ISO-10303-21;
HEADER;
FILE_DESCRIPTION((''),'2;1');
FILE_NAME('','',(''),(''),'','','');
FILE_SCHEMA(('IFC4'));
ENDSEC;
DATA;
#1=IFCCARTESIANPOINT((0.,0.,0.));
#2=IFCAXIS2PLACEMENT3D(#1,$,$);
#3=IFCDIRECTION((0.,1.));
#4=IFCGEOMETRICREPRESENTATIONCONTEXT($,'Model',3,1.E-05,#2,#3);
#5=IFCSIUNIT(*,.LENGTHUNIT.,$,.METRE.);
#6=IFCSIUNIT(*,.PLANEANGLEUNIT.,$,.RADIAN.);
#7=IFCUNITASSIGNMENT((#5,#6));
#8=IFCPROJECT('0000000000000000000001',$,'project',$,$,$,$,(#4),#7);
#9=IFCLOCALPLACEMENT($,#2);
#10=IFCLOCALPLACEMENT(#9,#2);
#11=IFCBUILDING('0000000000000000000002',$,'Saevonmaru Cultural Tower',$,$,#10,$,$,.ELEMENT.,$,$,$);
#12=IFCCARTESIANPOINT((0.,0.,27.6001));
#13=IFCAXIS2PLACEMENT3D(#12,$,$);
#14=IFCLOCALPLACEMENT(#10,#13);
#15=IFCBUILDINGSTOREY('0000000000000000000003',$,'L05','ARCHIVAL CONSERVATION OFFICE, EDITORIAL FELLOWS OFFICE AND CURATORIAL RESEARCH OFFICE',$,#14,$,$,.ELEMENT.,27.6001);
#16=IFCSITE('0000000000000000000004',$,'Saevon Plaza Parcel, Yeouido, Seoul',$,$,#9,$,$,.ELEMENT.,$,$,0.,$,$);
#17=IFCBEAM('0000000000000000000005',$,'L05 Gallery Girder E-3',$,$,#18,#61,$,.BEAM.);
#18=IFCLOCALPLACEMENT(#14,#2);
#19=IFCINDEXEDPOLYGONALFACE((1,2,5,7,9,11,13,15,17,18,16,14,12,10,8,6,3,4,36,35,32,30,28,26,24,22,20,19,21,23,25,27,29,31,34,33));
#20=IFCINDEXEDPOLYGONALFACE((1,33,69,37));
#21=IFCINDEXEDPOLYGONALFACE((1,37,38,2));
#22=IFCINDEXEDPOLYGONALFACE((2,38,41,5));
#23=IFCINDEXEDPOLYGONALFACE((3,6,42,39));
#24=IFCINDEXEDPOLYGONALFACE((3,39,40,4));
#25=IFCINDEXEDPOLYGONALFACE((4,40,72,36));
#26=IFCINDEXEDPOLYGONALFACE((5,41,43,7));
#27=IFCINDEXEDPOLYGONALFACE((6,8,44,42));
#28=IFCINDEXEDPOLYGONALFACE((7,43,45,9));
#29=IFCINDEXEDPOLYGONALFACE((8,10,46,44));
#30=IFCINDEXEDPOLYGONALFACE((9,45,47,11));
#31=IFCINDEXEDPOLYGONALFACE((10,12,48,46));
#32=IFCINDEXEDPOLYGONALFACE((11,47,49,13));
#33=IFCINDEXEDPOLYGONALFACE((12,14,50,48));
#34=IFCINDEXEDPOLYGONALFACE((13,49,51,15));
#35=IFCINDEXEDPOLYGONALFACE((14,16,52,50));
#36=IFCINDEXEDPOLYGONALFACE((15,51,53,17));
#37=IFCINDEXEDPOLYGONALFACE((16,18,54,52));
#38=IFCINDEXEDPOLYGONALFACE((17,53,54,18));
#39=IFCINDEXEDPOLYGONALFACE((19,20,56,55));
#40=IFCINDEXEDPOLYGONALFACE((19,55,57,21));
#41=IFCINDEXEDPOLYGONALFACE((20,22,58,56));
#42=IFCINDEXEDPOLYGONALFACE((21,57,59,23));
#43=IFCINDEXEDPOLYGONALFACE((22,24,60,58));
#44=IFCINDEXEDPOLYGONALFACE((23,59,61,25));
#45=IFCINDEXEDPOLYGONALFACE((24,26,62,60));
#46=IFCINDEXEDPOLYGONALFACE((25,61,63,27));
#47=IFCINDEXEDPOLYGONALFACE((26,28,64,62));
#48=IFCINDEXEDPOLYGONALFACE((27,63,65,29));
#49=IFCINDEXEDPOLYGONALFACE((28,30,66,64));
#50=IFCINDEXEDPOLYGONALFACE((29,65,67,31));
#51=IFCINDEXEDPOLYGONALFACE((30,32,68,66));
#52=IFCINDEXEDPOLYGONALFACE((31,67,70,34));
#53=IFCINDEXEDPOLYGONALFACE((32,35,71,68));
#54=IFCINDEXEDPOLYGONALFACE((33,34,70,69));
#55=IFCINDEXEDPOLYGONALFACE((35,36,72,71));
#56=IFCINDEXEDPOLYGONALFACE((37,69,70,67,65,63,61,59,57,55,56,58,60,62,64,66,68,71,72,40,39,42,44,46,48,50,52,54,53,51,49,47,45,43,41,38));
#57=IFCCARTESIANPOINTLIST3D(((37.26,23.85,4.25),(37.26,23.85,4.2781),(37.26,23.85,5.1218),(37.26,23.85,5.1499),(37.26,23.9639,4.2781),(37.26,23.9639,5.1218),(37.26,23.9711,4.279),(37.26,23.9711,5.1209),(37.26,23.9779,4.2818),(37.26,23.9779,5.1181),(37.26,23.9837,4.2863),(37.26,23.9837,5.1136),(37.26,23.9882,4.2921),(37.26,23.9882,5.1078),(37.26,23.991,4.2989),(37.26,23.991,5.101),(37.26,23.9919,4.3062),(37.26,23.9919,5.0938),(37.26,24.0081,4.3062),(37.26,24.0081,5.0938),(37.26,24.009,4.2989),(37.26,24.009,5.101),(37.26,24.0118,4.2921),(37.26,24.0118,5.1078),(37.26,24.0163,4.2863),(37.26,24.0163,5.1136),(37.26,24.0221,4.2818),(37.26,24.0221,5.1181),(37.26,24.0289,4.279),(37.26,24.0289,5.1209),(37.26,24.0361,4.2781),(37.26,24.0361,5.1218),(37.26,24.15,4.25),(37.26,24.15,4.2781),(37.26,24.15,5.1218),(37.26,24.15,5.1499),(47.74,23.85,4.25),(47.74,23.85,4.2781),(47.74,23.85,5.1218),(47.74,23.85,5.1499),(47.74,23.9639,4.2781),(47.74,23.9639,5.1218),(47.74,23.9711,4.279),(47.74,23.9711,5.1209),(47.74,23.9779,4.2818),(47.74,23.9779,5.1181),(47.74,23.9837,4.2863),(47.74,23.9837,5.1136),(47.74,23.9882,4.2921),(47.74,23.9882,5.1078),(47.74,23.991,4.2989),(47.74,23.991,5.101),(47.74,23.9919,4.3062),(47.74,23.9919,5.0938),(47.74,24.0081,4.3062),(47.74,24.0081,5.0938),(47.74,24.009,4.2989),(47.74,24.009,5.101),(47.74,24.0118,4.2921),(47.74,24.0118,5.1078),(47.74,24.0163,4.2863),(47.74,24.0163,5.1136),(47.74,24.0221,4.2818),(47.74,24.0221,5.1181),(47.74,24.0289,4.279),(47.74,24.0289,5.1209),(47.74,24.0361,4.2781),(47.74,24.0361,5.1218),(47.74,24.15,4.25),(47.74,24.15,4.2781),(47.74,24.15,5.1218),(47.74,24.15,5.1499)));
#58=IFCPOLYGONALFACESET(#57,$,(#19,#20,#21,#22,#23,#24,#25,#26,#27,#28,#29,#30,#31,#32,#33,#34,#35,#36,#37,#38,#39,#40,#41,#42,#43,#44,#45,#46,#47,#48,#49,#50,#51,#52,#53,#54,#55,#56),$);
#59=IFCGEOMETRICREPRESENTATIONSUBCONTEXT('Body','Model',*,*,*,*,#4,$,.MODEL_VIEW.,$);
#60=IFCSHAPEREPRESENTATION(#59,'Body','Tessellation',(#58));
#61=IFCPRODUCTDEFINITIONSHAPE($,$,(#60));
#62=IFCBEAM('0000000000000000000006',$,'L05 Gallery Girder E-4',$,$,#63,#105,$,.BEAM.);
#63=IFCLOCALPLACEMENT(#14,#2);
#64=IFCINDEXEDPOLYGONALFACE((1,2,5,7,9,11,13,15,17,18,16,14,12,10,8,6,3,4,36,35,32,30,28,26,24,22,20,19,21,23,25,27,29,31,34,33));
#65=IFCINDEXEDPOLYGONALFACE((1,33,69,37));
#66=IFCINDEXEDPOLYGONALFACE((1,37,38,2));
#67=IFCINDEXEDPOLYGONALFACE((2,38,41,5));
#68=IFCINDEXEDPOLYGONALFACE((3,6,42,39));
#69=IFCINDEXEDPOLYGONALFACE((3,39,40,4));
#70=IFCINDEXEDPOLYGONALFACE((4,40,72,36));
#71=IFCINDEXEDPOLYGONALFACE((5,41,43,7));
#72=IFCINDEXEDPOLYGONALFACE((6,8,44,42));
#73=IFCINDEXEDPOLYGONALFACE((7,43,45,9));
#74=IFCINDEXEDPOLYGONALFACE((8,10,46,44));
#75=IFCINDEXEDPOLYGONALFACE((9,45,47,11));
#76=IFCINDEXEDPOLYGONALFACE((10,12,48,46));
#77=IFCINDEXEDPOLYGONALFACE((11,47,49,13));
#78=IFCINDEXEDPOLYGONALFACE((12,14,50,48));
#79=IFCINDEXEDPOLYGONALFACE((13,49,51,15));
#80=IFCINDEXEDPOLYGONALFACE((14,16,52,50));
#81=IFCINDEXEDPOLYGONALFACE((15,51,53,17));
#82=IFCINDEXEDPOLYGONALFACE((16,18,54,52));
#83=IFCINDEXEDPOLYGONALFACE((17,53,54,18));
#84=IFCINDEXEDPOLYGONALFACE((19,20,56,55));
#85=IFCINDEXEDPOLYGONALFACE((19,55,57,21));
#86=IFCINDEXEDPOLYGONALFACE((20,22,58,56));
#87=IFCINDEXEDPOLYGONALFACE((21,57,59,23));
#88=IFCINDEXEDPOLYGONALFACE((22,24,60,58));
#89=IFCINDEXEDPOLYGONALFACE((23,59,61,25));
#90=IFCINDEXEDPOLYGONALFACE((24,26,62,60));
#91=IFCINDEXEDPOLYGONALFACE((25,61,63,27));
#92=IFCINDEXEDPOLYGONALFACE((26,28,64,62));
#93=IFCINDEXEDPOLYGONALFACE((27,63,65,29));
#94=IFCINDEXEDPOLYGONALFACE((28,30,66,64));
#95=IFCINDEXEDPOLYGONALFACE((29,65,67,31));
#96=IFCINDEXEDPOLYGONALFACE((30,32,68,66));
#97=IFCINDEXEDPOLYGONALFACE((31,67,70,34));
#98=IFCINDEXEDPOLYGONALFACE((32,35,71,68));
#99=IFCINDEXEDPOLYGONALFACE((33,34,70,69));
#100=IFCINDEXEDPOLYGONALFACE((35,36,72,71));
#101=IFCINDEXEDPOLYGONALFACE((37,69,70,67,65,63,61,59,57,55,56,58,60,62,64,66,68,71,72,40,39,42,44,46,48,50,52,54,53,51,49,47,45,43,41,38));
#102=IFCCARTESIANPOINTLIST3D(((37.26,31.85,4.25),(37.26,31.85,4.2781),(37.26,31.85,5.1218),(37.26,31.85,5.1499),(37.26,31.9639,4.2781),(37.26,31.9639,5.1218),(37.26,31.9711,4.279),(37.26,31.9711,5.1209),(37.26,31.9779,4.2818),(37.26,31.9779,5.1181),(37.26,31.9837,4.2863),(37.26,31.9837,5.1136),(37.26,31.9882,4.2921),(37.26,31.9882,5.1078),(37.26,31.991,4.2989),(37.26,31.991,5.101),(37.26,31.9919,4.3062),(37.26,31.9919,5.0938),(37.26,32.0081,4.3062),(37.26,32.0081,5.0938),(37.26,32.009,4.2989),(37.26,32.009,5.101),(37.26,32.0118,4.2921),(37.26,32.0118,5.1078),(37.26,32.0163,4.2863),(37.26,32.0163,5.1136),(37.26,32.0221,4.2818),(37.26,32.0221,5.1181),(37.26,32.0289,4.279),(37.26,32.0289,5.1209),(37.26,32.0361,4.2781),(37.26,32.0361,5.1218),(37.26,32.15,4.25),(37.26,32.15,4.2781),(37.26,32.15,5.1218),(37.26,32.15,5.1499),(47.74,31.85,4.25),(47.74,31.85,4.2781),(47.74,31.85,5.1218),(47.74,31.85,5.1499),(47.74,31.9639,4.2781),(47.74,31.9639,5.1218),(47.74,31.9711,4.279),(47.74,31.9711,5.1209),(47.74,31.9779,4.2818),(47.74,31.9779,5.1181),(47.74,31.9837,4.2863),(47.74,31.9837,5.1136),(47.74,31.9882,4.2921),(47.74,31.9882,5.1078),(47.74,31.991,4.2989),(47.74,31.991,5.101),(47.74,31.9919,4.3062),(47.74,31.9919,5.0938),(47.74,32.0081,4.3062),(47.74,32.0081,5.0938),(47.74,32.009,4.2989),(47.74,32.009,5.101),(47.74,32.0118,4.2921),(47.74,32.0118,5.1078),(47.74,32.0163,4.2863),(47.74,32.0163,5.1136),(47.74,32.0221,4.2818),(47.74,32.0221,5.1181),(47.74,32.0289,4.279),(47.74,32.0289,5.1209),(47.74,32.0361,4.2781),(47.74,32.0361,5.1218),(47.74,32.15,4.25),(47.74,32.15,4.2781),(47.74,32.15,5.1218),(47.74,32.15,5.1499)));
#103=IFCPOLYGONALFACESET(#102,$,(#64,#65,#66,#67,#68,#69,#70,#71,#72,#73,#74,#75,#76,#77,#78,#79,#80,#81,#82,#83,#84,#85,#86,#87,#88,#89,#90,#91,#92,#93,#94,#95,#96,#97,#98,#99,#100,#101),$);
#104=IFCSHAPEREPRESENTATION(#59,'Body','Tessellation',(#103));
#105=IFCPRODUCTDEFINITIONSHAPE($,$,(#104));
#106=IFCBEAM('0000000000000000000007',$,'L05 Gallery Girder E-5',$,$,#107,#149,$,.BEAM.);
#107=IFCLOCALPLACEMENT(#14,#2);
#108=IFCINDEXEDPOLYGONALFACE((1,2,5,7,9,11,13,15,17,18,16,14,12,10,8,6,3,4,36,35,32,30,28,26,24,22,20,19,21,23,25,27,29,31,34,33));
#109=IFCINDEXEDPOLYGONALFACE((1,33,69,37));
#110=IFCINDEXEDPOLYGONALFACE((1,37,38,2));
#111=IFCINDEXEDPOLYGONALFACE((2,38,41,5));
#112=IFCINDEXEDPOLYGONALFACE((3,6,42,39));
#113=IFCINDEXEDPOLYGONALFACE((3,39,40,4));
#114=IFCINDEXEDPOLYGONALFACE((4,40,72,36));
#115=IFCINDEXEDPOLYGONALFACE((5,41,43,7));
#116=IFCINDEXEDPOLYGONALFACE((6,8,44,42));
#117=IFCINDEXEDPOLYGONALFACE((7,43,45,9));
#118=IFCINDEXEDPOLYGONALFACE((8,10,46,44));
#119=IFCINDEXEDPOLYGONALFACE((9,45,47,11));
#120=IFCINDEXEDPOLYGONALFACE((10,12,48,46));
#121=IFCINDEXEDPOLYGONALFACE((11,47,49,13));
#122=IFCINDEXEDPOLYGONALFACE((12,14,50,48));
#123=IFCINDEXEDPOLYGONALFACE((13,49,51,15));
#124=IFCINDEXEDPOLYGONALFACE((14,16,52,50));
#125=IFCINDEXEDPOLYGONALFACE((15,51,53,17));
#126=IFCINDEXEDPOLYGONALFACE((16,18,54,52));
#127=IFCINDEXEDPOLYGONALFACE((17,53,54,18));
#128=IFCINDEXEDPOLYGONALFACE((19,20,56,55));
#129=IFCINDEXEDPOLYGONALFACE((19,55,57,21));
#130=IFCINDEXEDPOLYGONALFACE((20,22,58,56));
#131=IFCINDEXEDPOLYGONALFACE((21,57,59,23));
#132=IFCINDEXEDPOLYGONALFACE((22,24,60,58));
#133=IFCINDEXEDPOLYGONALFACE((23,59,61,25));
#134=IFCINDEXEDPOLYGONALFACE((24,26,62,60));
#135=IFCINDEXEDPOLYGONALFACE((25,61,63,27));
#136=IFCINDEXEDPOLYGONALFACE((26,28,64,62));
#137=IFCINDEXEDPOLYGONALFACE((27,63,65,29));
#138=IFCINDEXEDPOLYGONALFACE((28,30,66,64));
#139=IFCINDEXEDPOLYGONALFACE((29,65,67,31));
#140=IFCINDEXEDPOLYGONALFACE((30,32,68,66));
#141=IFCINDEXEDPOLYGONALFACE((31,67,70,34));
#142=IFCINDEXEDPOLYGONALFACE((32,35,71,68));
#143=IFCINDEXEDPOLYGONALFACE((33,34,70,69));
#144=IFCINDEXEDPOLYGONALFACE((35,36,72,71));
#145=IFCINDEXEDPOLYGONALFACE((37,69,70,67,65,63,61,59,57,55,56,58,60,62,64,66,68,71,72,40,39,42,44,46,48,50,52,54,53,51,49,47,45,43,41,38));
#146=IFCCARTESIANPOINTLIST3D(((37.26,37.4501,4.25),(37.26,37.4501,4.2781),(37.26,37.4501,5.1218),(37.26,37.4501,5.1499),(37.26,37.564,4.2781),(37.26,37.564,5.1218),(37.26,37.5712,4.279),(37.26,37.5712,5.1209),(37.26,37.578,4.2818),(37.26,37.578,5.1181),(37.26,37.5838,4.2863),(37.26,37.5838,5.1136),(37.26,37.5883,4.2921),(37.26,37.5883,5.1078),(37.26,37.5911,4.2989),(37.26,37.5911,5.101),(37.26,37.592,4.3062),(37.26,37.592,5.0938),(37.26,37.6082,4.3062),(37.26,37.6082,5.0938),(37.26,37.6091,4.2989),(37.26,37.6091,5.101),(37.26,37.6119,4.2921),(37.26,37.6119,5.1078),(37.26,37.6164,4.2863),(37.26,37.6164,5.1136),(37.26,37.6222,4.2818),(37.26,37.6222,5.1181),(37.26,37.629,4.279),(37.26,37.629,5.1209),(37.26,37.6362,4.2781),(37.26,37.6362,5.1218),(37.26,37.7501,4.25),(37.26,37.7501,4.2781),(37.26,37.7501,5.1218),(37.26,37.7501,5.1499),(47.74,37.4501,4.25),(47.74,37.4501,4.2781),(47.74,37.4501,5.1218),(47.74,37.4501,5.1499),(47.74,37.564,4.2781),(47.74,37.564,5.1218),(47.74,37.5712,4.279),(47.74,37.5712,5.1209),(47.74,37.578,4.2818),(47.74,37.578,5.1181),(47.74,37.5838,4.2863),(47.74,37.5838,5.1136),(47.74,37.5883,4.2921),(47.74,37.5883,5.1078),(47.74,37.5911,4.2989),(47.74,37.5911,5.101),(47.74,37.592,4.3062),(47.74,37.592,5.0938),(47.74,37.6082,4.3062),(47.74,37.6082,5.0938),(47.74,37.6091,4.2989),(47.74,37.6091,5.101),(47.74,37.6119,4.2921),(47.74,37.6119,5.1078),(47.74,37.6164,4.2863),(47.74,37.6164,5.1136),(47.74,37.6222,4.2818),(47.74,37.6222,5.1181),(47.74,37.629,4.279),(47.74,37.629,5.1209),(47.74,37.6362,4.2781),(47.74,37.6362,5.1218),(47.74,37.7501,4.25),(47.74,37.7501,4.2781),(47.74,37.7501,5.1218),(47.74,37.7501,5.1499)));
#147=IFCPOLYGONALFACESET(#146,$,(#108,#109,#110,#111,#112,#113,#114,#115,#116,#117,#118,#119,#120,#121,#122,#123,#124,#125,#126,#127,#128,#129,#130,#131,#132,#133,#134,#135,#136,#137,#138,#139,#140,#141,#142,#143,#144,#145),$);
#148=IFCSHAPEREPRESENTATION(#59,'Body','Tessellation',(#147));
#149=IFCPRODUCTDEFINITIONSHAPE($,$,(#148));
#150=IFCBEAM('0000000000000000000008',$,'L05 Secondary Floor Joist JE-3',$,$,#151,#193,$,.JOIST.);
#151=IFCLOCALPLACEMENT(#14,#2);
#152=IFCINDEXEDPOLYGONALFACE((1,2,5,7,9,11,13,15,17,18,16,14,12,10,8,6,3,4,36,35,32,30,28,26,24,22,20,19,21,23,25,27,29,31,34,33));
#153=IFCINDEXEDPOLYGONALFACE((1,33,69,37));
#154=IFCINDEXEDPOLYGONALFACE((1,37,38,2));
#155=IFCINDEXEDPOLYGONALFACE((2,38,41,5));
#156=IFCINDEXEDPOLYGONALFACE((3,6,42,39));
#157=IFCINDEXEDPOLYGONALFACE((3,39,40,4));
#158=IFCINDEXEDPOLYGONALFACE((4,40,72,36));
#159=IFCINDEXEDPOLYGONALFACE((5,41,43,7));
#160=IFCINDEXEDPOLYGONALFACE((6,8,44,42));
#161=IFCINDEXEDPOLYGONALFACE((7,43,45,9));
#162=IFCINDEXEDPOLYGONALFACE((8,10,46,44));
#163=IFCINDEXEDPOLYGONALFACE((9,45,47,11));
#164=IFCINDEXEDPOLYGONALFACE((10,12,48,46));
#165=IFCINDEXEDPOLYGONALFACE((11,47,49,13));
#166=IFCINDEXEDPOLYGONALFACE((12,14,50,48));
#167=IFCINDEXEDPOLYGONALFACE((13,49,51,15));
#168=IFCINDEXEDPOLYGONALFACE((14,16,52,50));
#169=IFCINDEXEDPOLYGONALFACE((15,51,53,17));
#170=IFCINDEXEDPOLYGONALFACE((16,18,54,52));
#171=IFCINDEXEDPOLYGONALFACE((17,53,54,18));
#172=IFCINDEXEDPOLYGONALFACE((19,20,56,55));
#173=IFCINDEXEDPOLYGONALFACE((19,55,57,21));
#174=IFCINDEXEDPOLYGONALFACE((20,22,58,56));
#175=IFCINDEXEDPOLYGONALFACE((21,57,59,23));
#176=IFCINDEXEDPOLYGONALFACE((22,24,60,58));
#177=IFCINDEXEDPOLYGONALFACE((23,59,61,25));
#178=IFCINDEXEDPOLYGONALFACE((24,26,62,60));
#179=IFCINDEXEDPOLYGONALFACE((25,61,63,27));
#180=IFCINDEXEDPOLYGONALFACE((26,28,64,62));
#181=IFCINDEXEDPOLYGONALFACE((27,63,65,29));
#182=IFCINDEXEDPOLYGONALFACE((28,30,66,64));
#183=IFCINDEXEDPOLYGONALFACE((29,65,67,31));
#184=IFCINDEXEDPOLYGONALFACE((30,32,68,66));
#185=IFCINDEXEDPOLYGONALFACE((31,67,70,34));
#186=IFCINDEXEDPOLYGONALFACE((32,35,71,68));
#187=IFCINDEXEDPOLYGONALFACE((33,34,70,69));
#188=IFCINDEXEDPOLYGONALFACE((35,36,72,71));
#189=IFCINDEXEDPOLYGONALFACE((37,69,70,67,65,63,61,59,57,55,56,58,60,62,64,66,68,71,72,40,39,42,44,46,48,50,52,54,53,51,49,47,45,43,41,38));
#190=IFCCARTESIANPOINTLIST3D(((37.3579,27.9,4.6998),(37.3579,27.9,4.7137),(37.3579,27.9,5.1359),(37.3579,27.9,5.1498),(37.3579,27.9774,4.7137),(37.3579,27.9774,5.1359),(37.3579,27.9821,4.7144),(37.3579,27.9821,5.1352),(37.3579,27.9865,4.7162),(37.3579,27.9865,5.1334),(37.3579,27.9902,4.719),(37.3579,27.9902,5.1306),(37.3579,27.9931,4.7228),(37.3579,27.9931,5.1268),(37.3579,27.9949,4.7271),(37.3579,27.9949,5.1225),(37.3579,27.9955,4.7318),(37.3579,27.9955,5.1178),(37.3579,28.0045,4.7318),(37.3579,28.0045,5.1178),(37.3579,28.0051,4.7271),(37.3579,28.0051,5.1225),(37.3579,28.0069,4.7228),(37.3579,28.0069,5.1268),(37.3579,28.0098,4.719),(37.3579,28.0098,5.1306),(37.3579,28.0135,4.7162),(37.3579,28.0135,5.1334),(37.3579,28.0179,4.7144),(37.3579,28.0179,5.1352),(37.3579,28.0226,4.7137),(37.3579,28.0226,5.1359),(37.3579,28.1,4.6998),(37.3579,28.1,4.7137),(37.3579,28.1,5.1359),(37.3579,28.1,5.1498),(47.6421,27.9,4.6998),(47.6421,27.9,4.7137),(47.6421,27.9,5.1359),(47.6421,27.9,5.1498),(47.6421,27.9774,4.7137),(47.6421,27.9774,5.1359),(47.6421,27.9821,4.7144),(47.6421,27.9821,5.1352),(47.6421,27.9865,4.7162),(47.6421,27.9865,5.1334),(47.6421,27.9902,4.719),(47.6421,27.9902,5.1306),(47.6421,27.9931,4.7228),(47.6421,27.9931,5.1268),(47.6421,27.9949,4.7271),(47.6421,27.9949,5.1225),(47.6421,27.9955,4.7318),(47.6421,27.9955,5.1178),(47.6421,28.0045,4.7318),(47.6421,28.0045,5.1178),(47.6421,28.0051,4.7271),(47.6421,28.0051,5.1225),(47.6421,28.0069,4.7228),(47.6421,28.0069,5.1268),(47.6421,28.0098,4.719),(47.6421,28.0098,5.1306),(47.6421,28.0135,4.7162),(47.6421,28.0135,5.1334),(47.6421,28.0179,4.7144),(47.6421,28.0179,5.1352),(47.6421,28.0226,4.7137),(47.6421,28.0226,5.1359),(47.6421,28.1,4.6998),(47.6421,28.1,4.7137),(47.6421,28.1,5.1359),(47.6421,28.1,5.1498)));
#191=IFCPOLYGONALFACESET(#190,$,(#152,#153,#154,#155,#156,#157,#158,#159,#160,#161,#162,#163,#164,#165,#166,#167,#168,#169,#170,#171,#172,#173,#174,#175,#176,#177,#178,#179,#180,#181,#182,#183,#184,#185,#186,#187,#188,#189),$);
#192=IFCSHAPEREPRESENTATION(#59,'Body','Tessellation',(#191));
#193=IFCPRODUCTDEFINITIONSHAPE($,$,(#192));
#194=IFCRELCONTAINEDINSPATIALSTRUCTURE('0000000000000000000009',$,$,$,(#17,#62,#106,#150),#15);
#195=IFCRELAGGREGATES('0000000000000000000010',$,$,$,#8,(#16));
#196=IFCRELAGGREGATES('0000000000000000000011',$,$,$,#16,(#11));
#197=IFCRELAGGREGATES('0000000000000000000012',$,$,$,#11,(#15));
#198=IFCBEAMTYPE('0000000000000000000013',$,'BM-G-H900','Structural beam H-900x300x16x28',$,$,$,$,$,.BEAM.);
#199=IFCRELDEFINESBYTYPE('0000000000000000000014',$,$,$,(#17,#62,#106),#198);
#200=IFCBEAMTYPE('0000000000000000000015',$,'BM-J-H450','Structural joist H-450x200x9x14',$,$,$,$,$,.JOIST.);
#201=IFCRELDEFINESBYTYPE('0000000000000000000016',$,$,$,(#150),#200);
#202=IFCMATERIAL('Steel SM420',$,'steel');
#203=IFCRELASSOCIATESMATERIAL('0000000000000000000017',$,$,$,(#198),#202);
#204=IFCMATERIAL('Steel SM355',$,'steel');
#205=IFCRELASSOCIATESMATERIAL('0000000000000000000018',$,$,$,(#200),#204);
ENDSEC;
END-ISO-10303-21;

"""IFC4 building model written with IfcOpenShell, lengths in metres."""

from ifc_helpers import new_model, si_unit, direction, frame, origin, origin_2d, place, context, subcontext, project, spatial, i_section, extrude, material, material_profile, profile_set, type_object, element, save


model = new_model("IFC4")

# Units and contexts
model_context = context("Model", 3, precision=1e-05, world=origin(), true_north=direction((0.0, 1.0)))
body_context = subcontext(model_context, "Body", "Model", "MODEL_VIEW")
ifc_project = project(units=[si_unit("LENGTHUNIT", "METRE"), si_unit("PLANEANGLEUNIT", "RADIAN")], contexts=[model_context])

# Site, building, storey
site_placement = place(None, origin())
site = spatial("IfcSite", under=ifc_project, at=site_placement, Name="Saevon Plaza Parcel, Yeouido, Seoul", CompositionType="ELEMENT", RefElevation=0.0)
building_placement = place(site_placement, origin())
building = spatial("IfcBuilding", under=site, at=building_placement, Name="Saevonmaru Cultural Tower", CompositionType="ELEMENT")
storey_placement = place(building_placement, frame((0.0, 0.0, 27.6001)))
storey = spatial("IfcBuildingStorey", under=building, at=storey_placement, Name="L05", Description="ARCHIVAL CONSERVATION OFFICE, EDITORIAL FELLOWS OFFICE AND CURATORIAL RESEARCH OFFICE", CompositionType="ELEMENT", Elevation=27.6001)

# Shared definitions
ifc_material_1 = material(Name="Steel SM420", Category="steel")

# Beams
ifc_material_profile_1 = material_profile(ifc_material_1, i_section(OverallWidth=0.3, OverallDepth=0.8999, WebThickness=0.0161, FlangeThickness=0.0281, FilletRadius=0.0281, at=origin_2d()), Name="H-900x300x16x28")
ifc_profile_set_1 = profile_set([ifc_material_profile_1], Name="Steel SM420")
beam_type_1 = type_object("IfcBeamType", Name="BM-G-H900", Description="Structural beam H-900x300x16x28", PredefinedType="BEAM", material=ifc_profile_set_1)
for number, where, z_axis, x_axis, name in (
    (1, (37.26, 24.0, 4.7), (1.0, 0.0, 0.0), (0.0, 1.0, 0.0), "L05 Gallery Girder E-3"),
    (2, (37.26, 32.0, 4.7), (1.0, 0.0, 0.0), (0.0, 1.0, 0.0), "L05 Gallery Girder E-4"),
    (3, (37.26, 37.6001, 4.7), (1.0, 0.0, 0.0), (0.0, 1.0, 0.0), "L05 Gallery Girder E-5"),
):
    element("IfcBeam", number, at=place(storey_placement, frame(where, z_axis=z_axis, x_axis=x_axis)), inside=storey, type_object=beam_type_1, Name=name, PredefinedType="BEAM", context=body_context, shape_type="SweptSolid", body=[
        extrude(i_section(OverallWidth=0.3, OverallDepth=0.8999, WebThickness=0.0161, FlangeThickness=0.0281, FilletRadius=0.0281, at=origin_2d()), origin(), (0.0, 0.0, 1.0), 10.48),
    ])
ifc_material_2 = material(Name="Steel SM355", Category="steel")
ifc_material_profile_2 = material_profile(ifc_material_2, i_section(OverallWidth=0.2, OverallDepth=0.45, WebThickness=0.009, FlangeThickness=0.0139, FilletRadius=0.0181, at=origin_2d()), Name="H-450x200x9x14")
ifc_profile_set_2 = profile_set([ifc_material_profile_2], Name="Steel SM355")
beam_type_2 = type_object("IfcBeamType", Name="BM-J-H450", Description="Structural joist H-450x200x9x14", PredefinedType="JOIST", material=ifc_profile_set_2)
for number, where, z_axis, x_axis, name in (
    (4, (37.3579, 28.0, 4.9248), (1.0, 0.0, 0.0), (0.0, 1.0, 0.0), "L05 Secondary Floor Joist JE-3"),
):
    element("IfcBeam", number, at=place(storey_placement, frame(where, z_axis=z_axis, x_axis=x_axis)), inside=storey, type_object=beam_type_2, Name=name, PredefinedType="JOIST", context=body_context, shape_type="SweptSolid", body=[
        extrude(i_section(OverallWidth=0.2, OverallDepth=0.45, WebThickness=0.009, FlangeThickness=0.0139, FilletRadius=0.0181, at=origin_2d()), origin(), (0.0, 0.0, 1.0), 10.2842),
    ])

save(model, "model.ifc")
